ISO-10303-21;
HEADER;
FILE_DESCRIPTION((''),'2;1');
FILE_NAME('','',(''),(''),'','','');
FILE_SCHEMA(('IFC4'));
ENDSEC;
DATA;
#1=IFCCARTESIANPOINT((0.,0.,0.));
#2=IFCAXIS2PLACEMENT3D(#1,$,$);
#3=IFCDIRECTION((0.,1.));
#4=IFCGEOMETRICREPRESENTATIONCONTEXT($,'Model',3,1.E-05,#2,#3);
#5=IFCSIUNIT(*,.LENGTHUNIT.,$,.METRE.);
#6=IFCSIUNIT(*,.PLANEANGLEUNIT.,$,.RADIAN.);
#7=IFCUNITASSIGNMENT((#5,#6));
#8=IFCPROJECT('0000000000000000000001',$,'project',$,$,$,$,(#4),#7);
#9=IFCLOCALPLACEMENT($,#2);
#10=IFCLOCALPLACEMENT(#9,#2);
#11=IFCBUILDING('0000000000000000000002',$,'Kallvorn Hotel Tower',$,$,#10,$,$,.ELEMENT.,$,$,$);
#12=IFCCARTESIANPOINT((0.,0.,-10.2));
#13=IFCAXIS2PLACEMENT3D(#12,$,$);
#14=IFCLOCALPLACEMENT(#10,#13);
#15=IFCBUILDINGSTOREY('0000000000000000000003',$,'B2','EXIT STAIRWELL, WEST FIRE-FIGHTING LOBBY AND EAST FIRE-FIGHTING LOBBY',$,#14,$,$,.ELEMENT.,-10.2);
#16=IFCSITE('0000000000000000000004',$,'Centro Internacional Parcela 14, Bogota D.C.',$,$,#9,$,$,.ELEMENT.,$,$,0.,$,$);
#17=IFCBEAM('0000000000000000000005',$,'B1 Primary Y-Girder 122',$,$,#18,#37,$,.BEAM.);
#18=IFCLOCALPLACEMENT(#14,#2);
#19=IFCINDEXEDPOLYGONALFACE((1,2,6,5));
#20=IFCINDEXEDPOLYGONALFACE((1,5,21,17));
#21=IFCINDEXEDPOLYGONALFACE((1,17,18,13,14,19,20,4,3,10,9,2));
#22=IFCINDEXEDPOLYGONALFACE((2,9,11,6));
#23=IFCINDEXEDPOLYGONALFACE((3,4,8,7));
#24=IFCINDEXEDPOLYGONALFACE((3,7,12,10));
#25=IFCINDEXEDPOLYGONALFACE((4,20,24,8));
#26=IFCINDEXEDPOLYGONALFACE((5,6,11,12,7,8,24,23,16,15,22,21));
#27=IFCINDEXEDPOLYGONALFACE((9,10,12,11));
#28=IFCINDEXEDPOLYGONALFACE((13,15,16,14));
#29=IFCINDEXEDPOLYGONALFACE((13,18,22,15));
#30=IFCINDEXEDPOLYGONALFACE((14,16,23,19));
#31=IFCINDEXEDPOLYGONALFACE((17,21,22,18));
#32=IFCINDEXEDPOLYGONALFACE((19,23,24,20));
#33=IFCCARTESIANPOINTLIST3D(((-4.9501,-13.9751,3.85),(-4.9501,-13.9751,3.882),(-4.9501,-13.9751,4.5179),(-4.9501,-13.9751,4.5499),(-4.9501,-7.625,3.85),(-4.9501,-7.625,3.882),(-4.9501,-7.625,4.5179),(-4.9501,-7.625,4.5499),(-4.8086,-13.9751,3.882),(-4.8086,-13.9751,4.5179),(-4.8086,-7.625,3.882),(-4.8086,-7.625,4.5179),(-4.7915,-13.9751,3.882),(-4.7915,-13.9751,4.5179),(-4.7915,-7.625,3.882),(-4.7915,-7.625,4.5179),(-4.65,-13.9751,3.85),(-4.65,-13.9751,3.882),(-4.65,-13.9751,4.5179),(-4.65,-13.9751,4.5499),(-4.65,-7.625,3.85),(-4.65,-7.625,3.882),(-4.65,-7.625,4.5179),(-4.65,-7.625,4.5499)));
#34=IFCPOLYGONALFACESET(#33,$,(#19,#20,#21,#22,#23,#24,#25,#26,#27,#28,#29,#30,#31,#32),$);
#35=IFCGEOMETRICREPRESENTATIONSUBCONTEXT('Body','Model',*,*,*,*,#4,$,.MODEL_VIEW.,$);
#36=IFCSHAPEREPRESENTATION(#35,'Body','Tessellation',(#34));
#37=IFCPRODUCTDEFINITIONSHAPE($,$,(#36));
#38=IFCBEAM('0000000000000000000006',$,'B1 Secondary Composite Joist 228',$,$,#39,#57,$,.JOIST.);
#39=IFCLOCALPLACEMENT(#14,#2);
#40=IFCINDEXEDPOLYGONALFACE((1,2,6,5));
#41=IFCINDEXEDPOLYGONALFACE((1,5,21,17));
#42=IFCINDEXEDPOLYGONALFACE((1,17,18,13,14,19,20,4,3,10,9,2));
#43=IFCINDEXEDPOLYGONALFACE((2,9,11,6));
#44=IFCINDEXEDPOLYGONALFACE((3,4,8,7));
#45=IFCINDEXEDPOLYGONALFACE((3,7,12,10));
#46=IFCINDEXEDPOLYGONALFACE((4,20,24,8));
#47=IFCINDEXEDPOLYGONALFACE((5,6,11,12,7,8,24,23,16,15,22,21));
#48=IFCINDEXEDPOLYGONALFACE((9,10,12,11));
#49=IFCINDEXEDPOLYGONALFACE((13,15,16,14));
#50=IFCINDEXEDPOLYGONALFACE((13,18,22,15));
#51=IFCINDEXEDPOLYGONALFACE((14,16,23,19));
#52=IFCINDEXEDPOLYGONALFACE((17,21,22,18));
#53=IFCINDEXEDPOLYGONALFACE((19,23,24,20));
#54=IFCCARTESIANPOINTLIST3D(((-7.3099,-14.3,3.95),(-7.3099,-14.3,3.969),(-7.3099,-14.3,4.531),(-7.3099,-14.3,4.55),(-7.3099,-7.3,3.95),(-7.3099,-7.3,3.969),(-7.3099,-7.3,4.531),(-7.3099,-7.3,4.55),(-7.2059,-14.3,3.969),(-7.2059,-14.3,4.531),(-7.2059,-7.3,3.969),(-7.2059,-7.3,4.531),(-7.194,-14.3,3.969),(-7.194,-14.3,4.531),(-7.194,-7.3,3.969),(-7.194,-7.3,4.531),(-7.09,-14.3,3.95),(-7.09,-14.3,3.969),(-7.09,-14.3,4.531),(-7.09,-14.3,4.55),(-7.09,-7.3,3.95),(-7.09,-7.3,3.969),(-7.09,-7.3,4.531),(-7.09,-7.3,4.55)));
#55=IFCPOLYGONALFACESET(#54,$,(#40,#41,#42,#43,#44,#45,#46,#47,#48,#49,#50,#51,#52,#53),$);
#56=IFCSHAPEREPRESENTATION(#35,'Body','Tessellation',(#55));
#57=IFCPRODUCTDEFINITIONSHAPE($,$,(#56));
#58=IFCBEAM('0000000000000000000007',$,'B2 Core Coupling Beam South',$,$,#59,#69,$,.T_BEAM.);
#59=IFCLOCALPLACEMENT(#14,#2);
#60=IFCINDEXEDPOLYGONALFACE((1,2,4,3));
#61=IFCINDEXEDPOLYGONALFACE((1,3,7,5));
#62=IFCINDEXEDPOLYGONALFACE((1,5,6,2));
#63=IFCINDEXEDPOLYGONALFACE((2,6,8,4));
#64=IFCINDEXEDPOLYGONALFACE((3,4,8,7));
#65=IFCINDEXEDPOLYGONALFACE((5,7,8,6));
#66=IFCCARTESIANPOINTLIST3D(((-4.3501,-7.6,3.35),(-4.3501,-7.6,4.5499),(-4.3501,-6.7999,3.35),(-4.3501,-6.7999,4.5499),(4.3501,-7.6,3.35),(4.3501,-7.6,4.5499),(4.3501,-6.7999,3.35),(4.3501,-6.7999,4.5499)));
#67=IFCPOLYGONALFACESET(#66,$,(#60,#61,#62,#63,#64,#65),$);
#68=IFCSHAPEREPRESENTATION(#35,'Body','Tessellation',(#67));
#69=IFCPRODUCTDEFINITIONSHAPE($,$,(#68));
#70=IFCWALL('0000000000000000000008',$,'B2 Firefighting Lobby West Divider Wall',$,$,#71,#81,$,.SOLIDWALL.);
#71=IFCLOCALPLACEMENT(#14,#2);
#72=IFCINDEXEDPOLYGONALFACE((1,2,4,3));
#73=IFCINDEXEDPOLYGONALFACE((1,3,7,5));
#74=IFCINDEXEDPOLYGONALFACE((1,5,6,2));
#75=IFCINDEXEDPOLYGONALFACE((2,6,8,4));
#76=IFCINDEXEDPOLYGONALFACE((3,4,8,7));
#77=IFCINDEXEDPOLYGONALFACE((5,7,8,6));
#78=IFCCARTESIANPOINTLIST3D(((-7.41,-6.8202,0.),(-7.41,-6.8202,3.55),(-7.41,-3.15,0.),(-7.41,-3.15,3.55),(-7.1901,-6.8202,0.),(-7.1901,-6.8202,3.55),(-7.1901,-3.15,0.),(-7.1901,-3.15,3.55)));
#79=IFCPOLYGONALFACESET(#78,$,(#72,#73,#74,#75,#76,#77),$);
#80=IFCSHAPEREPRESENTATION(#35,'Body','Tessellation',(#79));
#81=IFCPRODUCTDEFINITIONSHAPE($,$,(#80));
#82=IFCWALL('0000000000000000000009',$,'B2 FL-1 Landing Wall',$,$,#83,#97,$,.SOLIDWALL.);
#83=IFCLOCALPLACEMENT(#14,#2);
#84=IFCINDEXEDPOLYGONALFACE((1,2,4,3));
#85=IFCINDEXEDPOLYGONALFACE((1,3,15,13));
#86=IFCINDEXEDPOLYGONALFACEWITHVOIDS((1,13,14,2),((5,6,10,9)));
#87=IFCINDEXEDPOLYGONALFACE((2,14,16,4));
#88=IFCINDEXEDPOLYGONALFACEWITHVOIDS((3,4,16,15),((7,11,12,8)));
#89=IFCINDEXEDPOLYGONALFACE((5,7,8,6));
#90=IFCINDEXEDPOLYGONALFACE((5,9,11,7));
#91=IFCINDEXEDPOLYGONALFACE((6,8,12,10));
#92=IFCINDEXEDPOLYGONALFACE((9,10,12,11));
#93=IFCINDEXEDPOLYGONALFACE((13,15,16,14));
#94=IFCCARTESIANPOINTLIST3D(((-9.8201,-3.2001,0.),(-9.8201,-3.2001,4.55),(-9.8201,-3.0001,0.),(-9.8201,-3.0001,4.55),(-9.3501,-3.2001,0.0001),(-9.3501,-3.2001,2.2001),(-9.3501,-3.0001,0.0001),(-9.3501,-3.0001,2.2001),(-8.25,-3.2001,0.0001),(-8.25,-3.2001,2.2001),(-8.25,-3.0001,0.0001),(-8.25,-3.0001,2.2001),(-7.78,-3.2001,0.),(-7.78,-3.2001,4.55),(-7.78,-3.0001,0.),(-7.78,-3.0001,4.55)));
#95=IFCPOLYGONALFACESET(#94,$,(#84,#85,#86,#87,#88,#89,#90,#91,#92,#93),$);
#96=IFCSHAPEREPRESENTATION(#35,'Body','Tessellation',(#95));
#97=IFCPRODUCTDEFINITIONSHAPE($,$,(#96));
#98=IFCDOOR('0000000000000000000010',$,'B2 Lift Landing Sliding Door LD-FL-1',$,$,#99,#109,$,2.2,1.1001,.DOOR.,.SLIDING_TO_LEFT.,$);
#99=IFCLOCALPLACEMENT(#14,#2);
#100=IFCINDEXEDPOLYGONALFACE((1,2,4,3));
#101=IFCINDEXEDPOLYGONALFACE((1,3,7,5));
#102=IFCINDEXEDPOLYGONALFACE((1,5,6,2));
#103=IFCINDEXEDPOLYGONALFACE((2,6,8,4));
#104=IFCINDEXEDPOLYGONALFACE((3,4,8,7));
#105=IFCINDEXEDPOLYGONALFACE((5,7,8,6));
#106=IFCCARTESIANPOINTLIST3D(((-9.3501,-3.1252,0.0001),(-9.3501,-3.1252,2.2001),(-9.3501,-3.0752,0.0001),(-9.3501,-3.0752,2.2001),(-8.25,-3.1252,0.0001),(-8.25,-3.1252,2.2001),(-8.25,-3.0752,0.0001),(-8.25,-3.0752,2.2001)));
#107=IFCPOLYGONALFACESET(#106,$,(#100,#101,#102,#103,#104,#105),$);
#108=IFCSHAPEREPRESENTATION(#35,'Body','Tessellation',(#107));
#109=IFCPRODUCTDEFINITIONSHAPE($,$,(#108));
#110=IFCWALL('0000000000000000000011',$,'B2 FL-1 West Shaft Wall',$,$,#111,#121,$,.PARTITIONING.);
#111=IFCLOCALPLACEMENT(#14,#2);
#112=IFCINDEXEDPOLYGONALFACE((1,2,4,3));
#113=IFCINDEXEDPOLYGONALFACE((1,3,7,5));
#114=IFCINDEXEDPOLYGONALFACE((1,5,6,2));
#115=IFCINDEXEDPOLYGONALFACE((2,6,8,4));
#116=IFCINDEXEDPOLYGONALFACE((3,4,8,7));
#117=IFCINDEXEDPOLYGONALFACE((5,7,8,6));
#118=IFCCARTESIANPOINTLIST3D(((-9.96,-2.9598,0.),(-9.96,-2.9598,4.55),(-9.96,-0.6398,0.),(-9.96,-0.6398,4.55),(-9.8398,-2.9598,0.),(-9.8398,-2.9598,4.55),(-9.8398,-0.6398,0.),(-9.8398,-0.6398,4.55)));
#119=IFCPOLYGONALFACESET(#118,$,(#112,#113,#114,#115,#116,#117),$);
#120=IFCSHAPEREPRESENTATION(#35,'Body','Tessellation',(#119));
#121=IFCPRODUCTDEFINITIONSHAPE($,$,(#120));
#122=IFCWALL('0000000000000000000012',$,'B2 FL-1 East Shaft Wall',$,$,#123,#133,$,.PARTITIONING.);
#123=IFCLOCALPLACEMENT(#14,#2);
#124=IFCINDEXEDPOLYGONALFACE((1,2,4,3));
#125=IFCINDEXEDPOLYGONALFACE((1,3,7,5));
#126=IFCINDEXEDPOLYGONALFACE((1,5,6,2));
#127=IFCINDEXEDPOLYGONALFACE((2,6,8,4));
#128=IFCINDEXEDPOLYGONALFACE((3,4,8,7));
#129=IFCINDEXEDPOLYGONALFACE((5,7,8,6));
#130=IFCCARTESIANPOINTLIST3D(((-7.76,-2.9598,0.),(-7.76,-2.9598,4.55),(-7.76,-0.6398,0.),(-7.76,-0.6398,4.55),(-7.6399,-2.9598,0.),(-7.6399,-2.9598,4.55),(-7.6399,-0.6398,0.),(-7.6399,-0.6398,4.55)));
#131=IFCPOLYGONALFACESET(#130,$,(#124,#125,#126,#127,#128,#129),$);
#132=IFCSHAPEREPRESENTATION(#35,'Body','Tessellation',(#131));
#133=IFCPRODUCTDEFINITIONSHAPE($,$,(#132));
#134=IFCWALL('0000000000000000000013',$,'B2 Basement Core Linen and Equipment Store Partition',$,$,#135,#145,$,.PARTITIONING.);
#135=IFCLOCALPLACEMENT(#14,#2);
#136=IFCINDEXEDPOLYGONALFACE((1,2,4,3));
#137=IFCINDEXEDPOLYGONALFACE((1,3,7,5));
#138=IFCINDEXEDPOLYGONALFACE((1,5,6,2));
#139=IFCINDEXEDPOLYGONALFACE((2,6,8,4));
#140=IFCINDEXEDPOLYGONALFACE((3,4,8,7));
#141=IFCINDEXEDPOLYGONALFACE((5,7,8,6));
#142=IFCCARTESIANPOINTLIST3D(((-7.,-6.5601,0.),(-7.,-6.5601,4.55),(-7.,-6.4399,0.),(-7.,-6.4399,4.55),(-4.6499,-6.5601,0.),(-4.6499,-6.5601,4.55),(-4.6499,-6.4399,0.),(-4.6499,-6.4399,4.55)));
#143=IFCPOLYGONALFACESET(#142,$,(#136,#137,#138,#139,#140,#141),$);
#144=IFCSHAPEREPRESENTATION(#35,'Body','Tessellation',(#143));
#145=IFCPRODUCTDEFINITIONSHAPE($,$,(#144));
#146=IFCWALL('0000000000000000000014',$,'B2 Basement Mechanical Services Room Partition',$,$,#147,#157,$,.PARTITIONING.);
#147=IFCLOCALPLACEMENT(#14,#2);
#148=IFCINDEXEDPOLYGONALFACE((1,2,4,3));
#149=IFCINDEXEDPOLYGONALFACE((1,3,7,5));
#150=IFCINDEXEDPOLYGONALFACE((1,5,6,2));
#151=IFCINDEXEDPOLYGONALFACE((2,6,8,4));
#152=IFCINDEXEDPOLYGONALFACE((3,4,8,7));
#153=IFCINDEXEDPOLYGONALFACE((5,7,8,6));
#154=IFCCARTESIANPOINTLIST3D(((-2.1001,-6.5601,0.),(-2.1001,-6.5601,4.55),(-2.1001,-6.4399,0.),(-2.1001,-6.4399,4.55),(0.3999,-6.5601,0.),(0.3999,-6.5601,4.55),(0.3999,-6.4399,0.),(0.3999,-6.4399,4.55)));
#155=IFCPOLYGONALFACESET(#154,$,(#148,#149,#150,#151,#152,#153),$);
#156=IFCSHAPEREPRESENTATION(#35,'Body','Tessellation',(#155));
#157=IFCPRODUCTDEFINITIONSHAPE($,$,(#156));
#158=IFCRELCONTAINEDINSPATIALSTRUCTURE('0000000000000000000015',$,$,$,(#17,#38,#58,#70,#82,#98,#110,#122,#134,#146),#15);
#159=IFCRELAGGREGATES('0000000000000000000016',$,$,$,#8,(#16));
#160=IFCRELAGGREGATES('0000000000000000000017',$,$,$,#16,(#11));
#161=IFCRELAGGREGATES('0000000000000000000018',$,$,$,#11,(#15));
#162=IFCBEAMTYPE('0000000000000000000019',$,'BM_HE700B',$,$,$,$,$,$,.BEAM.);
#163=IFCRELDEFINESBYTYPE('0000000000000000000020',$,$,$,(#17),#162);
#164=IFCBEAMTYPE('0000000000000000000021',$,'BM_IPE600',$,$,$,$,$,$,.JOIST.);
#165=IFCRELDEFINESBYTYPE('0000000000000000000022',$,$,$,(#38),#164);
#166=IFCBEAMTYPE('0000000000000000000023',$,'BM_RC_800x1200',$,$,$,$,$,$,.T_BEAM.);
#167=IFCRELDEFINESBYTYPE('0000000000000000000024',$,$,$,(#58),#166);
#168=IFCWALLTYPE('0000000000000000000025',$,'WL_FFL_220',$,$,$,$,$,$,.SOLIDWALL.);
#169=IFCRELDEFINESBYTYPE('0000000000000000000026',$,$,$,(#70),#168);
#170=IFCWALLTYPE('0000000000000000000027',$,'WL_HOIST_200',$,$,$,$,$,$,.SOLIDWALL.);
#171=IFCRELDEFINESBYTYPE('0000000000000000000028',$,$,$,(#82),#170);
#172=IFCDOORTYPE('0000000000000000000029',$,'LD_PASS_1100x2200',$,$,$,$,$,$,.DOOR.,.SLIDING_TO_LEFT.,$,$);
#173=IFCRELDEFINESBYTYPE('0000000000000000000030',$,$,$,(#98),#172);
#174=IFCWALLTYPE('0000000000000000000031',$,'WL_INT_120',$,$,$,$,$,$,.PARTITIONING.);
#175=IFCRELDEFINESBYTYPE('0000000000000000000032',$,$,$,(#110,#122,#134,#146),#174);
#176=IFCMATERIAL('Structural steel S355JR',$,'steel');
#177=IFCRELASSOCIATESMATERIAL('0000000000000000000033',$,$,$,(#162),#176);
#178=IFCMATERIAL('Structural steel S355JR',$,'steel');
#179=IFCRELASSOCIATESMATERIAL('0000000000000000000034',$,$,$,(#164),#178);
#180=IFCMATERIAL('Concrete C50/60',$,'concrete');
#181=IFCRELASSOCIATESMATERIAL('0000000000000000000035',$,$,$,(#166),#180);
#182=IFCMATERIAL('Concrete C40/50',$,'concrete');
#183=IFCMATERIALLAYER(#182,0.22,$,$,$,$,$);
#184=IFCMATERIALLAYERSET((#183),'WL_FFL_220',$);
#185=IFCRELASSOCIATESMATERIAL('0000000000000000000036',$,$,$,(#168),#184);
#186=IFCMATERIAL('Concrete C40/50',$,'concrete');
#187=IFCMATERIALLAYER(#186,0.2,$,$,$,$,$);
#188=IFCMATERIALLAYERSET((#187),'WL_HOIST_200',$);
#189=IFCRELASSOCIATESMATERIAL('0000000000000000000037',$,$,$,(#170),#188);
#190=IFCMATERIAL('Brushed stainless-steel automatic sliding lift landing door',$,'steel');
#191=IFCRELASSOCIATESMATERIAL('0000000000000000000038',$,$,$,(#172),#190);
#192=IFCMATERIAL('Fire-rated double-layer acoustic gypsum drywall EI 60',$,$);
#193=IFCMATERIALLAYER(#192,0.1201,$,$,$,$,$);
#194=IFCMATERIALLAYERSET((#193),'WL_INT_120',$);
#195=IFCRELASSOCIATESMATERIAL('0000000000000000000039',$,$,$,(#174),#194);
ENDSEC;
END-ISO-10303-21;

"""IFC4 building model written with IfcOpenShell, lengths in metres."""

from ifc_helpers import new_model, si_unit, direction, frame, frame_2d, origin, origin_2d, place, context, subcontext, project, spatial, rectangle, i_section, extrude, material, layer, layer_set, material_profile, profile_set, type_object, element, fill, save


model = new_model("IFC4")

# Units and contexts
model_context = context("Model", 3, precision=1e-05, world=origin(), true_north=direction((0.0, 1.0)))
body_context = subcontext(model_context, "Body", "Model", "MODEL_VIEW")
ifc_project = project(units=[si_unit("LENGTHUNIT", "METRE"), si_unit("PLANEANGLEUNIT", "RADIAN")], contexts=[model_context])

# Site, building, storey
site_placement = place(None, origin())
site = spatial("IfcSite", under=ifc_project, at=site_placement, Name="Centro Internacional Parcela 14, Bogota D.C.", CompositionType="ELEMENT", RefElevation=0.0)
building_placement = place(site_placement, origin())
building = spatial("IfcBuilding", under=site, at=building_placement, Name="Kallvorn Hotel Tower", CompositionType="ELEMENT")
storey_placement = place(building_placement, frame((0.0, 0.0, -10.2)))
storey = spatial("IfcBuildingStorey", under=building, at=storey_placement, Name="B2", Description="EXIT STAIRWELL, WEST FIRE-FIGHTING LOBBY AND EAST FIRE-FIGHTING LOBBY", CompositionType="ELEMENT", Elevation=-10.2)

# Beams
ifc_material_1 = material(Name="Structural steel S355JR", Category="steel")
ifc_material_profile_1 = material_profile(ifc_material_1, i_section(OverallWidth=0.3, OverallDepth=0.7, WebThickness=0.0171, FlangeThickness=0.032, at=origin_2d()), Name="HE 700 B")
ifc_profile_set_1 = profile_set([ifc_material_profile_1], Name="Structural steel S355JR")
beam_type_1 = type_object("IfcBeamType", Name="BM_HE700B", PredefinedType="BEAM", material=ifc_profile_set_1)
beam_1_placement = place(storey_placement, frame((-4.8, -13.9751, 4.2), z_axis=(0.0, 1.0, 0.0), x_axis=(-1.0, 0.0, 0.0)))
element("IfcBeam", 1, at=beam_1_placement, inside=storey, type_object=beam_type_1, Name="B1 Primary Y-Girder 122", PredefinedType="BEAM", context=body_context, shape_type="SweptSolid", body=[
    extrude(i_section(OverallWidth=0.3, OverallDepth=0.7, WebThickness=0.0171, FlangeThickness=0.032, at=origin_2d()), origin(), (0.0, 0.0, 1.0), 6.3501),
])
ifc_material_2 = material(Name="Structural steel S355JR", Category="steel")
ifc_material_profile_2 = material_profile(ifc_material_2, i_section(OverallWidth=0.22, OverallDepth=0.6001, WebThickness=0.012, FlangeThickness=0.019, at=origin_2d()), Name="IPE 600")
ifc_profile_set_2 = profile_set([ifc_material_profile_2], Name="Structural steel S355JR")
beam_type_2 = type_object("IfcBeamType", Name="BM_IPE600", PredefinedType="JOIST", material=ifc_profile_set_2)
beam_2_placement = place(storey_placement, frame((-7.2, -14.3, 4.25), z_axis=(0.0, 1.0, 0.0), x_axis=(-1.0, 0.0, 0.0)))
element("IfcBeam", 2, at=beam_2_placement, inside=storey, type_object=beam_type_2, Name="B1 Secondary Composite Joist 228", PredefinedType="JOIST", context=body_context, shape_type="SweptSolid", body=[
    extrude(i_section(OverallWidth=0.22, OverallDepth=0.6001, WebThickness=0.012, FlangeThickness=0.019, at=origin_2d()), origin(), (0.0, 0.0, 1.0), 7.0),
])
ifc_material_3 = material(Name="Concrete C50/60", Category="concrete")
ifc_material_profile_3 = material_profile(ifc_material_3, rectangle(XDim=0.8, YDim=1.2, at=origin_2d()), Name="RC 800x1200")
ifc_profile_set_3 = profile_set([ifc_material_profile_3], Name="Concrete C50/60")
beam_type_3 = type_object("IfcBeamType", Name="BM_RC_800x1200", PredefinedType="T_BEAM", material=ifc_profile_set_3)
beam_3_placement = place(storey_placement, frame((-4.3501, -7.2, 3.95), z_axis=(1.0, 0.0, 0.0), x_axis=(0.0, 1.0, 0.0)))
element("IfcBeam", 3, at=beam_3_placement, inside=storey, type_object=beam_type_3, Name="B2 Core Coupling Beam South", PredefinedType="T_BEAM", context=body_context, shape_type="SweptSolid", body=[
    extrude(rectangle(XDim=0.8, YDim=1.2, at=origin_2d()), origin(), (0.0, 0.0, 1.0), 8.7002),
])

# Wall
ifc_material_4 = material(Name="Concrete C40/50", Category="concrete")
ifc_layer_1 = layer(ifc_material_4, 0.22)
ifc_layer_set_1 = layer_set([ifc_layer_1], Name="WL_FFL_220")
wall_type_1 = type_object("IfcWallType", Name="WL_FFL_220", PredefinedType="SOLIDWALL", material=ifc_layer_set_1)
wall_1_placement = place(storey_placement, frame((-7.3, -6.8201, 0.0), z_axis=(0.0, 0.0, 1.0), x_axis=(0.0, 1.0, 0.0)))
element("IfcWall", 4, at=wall_1_placement, inside=storey, type_object=wall_type_1, Name="B2 Firefighting Lobby West Divider Wall", PredefinedType="SOLIDWALL", context=body_context, shape_type="SweptSolid", body=[
    extrude(rectangle(XDim=3.6702, YDim=0.22, at=frame_2d((1.835, 0.0))), origin(), (0.0, 0.0, 1.0), 3.55),
])

# Wall, opening, door
ifc_material_5 = material(Name="Concrete C40/50", Category="concrete")
ifc_layer_2 = layer(ifc_material_5, 0.2)
ifc_layer_set_2 = layer_set([ifc_layer_2], Name="WL_HOIST_200")
wall_type_2 = type_object("IfcWallType", Name="WL_HOIST_200", PredefinedType="SOLIDWALL", material=ifc_layer_set_2)
wall_2_placement = place(storey_placement, frame((-9.8201, -3.1001, 0.0), z_axis=(0.0, 0.0, 1.0), x_axis=(1.0, 0.0, 0.0)))
wall_2 = element("IfcWall", 5, at=wall_2_placement, inside=storey, type_object=wall_type_2, Name="B2 FL-1 Landing Wall", PredefinedType="SOLIDWALL", context=body_context, shape_type="SweptSolid", body=[
    extrude(rectangle(XDim=2.04, YDim=0.2, at=frame_2d((1.02, 0.0))), origin(), (0.0, 0.0, 1.0), 4.55),
])
opening_1_placement = place(wall_2_placement, frame((0.47, 0.0, 0.0)))
opening_1 = element("IfcOpeningElement", 6, at=opening_1_placement, cuts=wall_2, PredefinedType="OPENING", context=body_context, shape_type="SweptSolid", body=[
    extrude(rectangle(XDim=1.1001, YDim=2.2, at=frame_2d((0.55, 1.1001))), frame((0.0, 0.115, 0.0), z_axis=(0.0, -1.0, 0.0), x_axis=(1.0, 0.0, 0.0)), (0.0, 0.0, 1.0), 0.23),
])
ifc_material_6 = material(Name="Brushed stainless-steel automatic sliding lift landing door", Category="steel")
door_type_1 = type_object("IfcDoorType", Name="LD_PASS_1100x2200", OperationType="SLIDING_TO_LEFT", PredefinedType="DOOR", material=ifc_material_6)
door_1_placement = place(opening_1_placement, origin())
door_1 = element("IfcDoor", 7, at=door_1_placement, inside=storey, type_object=door_type_1, Name="B2 Lift Landing Sliding Door LD-FL-1", OperationType="SLIDING_TO_LEFT", OverallHeight=2.2, OverallWidth=1.1001, PredefinedType="DOOR", context=body_context, shape_type="SweptSolid", body=[
    extrude(rectangle(XDim=1.1001, YDim=2.2, at=frame_2d((0.55, 1.1001))), frame((0.0, 0.0249, 0.0), z_axis=(0.0, -1.0, 0.0), x_axis=(1.0, 0.0, 0.0)), (0.0, 0.0, 1.0), 0.05),
])
fill(opening_1, door_1)

# Walls
ifc_material_7 = material(Name="Fire-rated double-layer acoustic gypsum drywall EI 60")
ifc_layer_3 = layer(ifc_material_7, 0.1201)
ifc_layer_set_3 = layer_set([ifc_layer_3], Name="WL_INT_120")
wall_type_3 = type_object("IfcWallType", Name="WL_INT_120", PredefinedType="PARTITIONING", material=ifc_layer_set_3)
for number, where, z_axis, x_axis, name in (
    (8, (-9.8999, -2.96, 0.0), (0.0, 0.0, 1.0), (0.0, 1.0, 0.0), "B2 FL-1 West Shaft Wall"),
    (9, (-7.7, -2.96, 0.0), (0.0, 0.0, 1.0), (0.0, 1.0, 0.0), "B2 FL-1 East Shaft Wall"),
):
    element("IfcWall", number, at=place(storey_placement, frame(where, z_axis=z_axis, x_axis=x_axis)), inside=storey, type_object=wall_type_3, Name=name, PredefinedType="PARTITIONING", context=body_context, shape_type="SweptSolid", body=[
        extrude(rectangle(XDim=2.3201, YDim=0.1201, at=frame_2d((1.1602, 0.0))), origin(), (0.0, 0.0, 1.0), 4.55),
    ])
wall_3_placement = place(storey_placement, frame((-7.0, -6.5, 0.0), z_axis=(0.0, 0.0, 1.0), x_axis=(1.0, 0.0, 0.0)))
element("IfcWall", 10, at=wall_3_placement, inside=storey, type_object=wall_type_3, Name="B2 Basement Core Linen and Equipment Store Partition", PredefinedType="PARTITIONING", context=body_context, shape_type="SweptSolid", body=[
    extrude(rectangle(XDim=2.3501, YDim=0.1201, at=frame_2d((1.175, 0.0))), origin(), (0.0, 0.0, 1.0), 4.55),
])
wall_4_placement = place(storey_placement, frame((-2.1001, -6.5, 0.0), z_axis=(0.0, 0.0, 1.0), x_axis=(1.0, 0.0, 0.0)))
element("IfcWall", 11, at=wall_4_placement, inside=storey, type_object=wall_type_3, Name="B2 Basement Mechanical Services Room Partition", PredefinedType="PARTITIONING", context=body_context, shape_type="SweptSolid", body=[
    extrude(rectangle(XDim=2.5, YDim=0.1201, at=frame_2d((1.25, 0.0))), origin(), (0.0, 0.0, 1.0), 4.55),
])

save(model, "model.ifc")
